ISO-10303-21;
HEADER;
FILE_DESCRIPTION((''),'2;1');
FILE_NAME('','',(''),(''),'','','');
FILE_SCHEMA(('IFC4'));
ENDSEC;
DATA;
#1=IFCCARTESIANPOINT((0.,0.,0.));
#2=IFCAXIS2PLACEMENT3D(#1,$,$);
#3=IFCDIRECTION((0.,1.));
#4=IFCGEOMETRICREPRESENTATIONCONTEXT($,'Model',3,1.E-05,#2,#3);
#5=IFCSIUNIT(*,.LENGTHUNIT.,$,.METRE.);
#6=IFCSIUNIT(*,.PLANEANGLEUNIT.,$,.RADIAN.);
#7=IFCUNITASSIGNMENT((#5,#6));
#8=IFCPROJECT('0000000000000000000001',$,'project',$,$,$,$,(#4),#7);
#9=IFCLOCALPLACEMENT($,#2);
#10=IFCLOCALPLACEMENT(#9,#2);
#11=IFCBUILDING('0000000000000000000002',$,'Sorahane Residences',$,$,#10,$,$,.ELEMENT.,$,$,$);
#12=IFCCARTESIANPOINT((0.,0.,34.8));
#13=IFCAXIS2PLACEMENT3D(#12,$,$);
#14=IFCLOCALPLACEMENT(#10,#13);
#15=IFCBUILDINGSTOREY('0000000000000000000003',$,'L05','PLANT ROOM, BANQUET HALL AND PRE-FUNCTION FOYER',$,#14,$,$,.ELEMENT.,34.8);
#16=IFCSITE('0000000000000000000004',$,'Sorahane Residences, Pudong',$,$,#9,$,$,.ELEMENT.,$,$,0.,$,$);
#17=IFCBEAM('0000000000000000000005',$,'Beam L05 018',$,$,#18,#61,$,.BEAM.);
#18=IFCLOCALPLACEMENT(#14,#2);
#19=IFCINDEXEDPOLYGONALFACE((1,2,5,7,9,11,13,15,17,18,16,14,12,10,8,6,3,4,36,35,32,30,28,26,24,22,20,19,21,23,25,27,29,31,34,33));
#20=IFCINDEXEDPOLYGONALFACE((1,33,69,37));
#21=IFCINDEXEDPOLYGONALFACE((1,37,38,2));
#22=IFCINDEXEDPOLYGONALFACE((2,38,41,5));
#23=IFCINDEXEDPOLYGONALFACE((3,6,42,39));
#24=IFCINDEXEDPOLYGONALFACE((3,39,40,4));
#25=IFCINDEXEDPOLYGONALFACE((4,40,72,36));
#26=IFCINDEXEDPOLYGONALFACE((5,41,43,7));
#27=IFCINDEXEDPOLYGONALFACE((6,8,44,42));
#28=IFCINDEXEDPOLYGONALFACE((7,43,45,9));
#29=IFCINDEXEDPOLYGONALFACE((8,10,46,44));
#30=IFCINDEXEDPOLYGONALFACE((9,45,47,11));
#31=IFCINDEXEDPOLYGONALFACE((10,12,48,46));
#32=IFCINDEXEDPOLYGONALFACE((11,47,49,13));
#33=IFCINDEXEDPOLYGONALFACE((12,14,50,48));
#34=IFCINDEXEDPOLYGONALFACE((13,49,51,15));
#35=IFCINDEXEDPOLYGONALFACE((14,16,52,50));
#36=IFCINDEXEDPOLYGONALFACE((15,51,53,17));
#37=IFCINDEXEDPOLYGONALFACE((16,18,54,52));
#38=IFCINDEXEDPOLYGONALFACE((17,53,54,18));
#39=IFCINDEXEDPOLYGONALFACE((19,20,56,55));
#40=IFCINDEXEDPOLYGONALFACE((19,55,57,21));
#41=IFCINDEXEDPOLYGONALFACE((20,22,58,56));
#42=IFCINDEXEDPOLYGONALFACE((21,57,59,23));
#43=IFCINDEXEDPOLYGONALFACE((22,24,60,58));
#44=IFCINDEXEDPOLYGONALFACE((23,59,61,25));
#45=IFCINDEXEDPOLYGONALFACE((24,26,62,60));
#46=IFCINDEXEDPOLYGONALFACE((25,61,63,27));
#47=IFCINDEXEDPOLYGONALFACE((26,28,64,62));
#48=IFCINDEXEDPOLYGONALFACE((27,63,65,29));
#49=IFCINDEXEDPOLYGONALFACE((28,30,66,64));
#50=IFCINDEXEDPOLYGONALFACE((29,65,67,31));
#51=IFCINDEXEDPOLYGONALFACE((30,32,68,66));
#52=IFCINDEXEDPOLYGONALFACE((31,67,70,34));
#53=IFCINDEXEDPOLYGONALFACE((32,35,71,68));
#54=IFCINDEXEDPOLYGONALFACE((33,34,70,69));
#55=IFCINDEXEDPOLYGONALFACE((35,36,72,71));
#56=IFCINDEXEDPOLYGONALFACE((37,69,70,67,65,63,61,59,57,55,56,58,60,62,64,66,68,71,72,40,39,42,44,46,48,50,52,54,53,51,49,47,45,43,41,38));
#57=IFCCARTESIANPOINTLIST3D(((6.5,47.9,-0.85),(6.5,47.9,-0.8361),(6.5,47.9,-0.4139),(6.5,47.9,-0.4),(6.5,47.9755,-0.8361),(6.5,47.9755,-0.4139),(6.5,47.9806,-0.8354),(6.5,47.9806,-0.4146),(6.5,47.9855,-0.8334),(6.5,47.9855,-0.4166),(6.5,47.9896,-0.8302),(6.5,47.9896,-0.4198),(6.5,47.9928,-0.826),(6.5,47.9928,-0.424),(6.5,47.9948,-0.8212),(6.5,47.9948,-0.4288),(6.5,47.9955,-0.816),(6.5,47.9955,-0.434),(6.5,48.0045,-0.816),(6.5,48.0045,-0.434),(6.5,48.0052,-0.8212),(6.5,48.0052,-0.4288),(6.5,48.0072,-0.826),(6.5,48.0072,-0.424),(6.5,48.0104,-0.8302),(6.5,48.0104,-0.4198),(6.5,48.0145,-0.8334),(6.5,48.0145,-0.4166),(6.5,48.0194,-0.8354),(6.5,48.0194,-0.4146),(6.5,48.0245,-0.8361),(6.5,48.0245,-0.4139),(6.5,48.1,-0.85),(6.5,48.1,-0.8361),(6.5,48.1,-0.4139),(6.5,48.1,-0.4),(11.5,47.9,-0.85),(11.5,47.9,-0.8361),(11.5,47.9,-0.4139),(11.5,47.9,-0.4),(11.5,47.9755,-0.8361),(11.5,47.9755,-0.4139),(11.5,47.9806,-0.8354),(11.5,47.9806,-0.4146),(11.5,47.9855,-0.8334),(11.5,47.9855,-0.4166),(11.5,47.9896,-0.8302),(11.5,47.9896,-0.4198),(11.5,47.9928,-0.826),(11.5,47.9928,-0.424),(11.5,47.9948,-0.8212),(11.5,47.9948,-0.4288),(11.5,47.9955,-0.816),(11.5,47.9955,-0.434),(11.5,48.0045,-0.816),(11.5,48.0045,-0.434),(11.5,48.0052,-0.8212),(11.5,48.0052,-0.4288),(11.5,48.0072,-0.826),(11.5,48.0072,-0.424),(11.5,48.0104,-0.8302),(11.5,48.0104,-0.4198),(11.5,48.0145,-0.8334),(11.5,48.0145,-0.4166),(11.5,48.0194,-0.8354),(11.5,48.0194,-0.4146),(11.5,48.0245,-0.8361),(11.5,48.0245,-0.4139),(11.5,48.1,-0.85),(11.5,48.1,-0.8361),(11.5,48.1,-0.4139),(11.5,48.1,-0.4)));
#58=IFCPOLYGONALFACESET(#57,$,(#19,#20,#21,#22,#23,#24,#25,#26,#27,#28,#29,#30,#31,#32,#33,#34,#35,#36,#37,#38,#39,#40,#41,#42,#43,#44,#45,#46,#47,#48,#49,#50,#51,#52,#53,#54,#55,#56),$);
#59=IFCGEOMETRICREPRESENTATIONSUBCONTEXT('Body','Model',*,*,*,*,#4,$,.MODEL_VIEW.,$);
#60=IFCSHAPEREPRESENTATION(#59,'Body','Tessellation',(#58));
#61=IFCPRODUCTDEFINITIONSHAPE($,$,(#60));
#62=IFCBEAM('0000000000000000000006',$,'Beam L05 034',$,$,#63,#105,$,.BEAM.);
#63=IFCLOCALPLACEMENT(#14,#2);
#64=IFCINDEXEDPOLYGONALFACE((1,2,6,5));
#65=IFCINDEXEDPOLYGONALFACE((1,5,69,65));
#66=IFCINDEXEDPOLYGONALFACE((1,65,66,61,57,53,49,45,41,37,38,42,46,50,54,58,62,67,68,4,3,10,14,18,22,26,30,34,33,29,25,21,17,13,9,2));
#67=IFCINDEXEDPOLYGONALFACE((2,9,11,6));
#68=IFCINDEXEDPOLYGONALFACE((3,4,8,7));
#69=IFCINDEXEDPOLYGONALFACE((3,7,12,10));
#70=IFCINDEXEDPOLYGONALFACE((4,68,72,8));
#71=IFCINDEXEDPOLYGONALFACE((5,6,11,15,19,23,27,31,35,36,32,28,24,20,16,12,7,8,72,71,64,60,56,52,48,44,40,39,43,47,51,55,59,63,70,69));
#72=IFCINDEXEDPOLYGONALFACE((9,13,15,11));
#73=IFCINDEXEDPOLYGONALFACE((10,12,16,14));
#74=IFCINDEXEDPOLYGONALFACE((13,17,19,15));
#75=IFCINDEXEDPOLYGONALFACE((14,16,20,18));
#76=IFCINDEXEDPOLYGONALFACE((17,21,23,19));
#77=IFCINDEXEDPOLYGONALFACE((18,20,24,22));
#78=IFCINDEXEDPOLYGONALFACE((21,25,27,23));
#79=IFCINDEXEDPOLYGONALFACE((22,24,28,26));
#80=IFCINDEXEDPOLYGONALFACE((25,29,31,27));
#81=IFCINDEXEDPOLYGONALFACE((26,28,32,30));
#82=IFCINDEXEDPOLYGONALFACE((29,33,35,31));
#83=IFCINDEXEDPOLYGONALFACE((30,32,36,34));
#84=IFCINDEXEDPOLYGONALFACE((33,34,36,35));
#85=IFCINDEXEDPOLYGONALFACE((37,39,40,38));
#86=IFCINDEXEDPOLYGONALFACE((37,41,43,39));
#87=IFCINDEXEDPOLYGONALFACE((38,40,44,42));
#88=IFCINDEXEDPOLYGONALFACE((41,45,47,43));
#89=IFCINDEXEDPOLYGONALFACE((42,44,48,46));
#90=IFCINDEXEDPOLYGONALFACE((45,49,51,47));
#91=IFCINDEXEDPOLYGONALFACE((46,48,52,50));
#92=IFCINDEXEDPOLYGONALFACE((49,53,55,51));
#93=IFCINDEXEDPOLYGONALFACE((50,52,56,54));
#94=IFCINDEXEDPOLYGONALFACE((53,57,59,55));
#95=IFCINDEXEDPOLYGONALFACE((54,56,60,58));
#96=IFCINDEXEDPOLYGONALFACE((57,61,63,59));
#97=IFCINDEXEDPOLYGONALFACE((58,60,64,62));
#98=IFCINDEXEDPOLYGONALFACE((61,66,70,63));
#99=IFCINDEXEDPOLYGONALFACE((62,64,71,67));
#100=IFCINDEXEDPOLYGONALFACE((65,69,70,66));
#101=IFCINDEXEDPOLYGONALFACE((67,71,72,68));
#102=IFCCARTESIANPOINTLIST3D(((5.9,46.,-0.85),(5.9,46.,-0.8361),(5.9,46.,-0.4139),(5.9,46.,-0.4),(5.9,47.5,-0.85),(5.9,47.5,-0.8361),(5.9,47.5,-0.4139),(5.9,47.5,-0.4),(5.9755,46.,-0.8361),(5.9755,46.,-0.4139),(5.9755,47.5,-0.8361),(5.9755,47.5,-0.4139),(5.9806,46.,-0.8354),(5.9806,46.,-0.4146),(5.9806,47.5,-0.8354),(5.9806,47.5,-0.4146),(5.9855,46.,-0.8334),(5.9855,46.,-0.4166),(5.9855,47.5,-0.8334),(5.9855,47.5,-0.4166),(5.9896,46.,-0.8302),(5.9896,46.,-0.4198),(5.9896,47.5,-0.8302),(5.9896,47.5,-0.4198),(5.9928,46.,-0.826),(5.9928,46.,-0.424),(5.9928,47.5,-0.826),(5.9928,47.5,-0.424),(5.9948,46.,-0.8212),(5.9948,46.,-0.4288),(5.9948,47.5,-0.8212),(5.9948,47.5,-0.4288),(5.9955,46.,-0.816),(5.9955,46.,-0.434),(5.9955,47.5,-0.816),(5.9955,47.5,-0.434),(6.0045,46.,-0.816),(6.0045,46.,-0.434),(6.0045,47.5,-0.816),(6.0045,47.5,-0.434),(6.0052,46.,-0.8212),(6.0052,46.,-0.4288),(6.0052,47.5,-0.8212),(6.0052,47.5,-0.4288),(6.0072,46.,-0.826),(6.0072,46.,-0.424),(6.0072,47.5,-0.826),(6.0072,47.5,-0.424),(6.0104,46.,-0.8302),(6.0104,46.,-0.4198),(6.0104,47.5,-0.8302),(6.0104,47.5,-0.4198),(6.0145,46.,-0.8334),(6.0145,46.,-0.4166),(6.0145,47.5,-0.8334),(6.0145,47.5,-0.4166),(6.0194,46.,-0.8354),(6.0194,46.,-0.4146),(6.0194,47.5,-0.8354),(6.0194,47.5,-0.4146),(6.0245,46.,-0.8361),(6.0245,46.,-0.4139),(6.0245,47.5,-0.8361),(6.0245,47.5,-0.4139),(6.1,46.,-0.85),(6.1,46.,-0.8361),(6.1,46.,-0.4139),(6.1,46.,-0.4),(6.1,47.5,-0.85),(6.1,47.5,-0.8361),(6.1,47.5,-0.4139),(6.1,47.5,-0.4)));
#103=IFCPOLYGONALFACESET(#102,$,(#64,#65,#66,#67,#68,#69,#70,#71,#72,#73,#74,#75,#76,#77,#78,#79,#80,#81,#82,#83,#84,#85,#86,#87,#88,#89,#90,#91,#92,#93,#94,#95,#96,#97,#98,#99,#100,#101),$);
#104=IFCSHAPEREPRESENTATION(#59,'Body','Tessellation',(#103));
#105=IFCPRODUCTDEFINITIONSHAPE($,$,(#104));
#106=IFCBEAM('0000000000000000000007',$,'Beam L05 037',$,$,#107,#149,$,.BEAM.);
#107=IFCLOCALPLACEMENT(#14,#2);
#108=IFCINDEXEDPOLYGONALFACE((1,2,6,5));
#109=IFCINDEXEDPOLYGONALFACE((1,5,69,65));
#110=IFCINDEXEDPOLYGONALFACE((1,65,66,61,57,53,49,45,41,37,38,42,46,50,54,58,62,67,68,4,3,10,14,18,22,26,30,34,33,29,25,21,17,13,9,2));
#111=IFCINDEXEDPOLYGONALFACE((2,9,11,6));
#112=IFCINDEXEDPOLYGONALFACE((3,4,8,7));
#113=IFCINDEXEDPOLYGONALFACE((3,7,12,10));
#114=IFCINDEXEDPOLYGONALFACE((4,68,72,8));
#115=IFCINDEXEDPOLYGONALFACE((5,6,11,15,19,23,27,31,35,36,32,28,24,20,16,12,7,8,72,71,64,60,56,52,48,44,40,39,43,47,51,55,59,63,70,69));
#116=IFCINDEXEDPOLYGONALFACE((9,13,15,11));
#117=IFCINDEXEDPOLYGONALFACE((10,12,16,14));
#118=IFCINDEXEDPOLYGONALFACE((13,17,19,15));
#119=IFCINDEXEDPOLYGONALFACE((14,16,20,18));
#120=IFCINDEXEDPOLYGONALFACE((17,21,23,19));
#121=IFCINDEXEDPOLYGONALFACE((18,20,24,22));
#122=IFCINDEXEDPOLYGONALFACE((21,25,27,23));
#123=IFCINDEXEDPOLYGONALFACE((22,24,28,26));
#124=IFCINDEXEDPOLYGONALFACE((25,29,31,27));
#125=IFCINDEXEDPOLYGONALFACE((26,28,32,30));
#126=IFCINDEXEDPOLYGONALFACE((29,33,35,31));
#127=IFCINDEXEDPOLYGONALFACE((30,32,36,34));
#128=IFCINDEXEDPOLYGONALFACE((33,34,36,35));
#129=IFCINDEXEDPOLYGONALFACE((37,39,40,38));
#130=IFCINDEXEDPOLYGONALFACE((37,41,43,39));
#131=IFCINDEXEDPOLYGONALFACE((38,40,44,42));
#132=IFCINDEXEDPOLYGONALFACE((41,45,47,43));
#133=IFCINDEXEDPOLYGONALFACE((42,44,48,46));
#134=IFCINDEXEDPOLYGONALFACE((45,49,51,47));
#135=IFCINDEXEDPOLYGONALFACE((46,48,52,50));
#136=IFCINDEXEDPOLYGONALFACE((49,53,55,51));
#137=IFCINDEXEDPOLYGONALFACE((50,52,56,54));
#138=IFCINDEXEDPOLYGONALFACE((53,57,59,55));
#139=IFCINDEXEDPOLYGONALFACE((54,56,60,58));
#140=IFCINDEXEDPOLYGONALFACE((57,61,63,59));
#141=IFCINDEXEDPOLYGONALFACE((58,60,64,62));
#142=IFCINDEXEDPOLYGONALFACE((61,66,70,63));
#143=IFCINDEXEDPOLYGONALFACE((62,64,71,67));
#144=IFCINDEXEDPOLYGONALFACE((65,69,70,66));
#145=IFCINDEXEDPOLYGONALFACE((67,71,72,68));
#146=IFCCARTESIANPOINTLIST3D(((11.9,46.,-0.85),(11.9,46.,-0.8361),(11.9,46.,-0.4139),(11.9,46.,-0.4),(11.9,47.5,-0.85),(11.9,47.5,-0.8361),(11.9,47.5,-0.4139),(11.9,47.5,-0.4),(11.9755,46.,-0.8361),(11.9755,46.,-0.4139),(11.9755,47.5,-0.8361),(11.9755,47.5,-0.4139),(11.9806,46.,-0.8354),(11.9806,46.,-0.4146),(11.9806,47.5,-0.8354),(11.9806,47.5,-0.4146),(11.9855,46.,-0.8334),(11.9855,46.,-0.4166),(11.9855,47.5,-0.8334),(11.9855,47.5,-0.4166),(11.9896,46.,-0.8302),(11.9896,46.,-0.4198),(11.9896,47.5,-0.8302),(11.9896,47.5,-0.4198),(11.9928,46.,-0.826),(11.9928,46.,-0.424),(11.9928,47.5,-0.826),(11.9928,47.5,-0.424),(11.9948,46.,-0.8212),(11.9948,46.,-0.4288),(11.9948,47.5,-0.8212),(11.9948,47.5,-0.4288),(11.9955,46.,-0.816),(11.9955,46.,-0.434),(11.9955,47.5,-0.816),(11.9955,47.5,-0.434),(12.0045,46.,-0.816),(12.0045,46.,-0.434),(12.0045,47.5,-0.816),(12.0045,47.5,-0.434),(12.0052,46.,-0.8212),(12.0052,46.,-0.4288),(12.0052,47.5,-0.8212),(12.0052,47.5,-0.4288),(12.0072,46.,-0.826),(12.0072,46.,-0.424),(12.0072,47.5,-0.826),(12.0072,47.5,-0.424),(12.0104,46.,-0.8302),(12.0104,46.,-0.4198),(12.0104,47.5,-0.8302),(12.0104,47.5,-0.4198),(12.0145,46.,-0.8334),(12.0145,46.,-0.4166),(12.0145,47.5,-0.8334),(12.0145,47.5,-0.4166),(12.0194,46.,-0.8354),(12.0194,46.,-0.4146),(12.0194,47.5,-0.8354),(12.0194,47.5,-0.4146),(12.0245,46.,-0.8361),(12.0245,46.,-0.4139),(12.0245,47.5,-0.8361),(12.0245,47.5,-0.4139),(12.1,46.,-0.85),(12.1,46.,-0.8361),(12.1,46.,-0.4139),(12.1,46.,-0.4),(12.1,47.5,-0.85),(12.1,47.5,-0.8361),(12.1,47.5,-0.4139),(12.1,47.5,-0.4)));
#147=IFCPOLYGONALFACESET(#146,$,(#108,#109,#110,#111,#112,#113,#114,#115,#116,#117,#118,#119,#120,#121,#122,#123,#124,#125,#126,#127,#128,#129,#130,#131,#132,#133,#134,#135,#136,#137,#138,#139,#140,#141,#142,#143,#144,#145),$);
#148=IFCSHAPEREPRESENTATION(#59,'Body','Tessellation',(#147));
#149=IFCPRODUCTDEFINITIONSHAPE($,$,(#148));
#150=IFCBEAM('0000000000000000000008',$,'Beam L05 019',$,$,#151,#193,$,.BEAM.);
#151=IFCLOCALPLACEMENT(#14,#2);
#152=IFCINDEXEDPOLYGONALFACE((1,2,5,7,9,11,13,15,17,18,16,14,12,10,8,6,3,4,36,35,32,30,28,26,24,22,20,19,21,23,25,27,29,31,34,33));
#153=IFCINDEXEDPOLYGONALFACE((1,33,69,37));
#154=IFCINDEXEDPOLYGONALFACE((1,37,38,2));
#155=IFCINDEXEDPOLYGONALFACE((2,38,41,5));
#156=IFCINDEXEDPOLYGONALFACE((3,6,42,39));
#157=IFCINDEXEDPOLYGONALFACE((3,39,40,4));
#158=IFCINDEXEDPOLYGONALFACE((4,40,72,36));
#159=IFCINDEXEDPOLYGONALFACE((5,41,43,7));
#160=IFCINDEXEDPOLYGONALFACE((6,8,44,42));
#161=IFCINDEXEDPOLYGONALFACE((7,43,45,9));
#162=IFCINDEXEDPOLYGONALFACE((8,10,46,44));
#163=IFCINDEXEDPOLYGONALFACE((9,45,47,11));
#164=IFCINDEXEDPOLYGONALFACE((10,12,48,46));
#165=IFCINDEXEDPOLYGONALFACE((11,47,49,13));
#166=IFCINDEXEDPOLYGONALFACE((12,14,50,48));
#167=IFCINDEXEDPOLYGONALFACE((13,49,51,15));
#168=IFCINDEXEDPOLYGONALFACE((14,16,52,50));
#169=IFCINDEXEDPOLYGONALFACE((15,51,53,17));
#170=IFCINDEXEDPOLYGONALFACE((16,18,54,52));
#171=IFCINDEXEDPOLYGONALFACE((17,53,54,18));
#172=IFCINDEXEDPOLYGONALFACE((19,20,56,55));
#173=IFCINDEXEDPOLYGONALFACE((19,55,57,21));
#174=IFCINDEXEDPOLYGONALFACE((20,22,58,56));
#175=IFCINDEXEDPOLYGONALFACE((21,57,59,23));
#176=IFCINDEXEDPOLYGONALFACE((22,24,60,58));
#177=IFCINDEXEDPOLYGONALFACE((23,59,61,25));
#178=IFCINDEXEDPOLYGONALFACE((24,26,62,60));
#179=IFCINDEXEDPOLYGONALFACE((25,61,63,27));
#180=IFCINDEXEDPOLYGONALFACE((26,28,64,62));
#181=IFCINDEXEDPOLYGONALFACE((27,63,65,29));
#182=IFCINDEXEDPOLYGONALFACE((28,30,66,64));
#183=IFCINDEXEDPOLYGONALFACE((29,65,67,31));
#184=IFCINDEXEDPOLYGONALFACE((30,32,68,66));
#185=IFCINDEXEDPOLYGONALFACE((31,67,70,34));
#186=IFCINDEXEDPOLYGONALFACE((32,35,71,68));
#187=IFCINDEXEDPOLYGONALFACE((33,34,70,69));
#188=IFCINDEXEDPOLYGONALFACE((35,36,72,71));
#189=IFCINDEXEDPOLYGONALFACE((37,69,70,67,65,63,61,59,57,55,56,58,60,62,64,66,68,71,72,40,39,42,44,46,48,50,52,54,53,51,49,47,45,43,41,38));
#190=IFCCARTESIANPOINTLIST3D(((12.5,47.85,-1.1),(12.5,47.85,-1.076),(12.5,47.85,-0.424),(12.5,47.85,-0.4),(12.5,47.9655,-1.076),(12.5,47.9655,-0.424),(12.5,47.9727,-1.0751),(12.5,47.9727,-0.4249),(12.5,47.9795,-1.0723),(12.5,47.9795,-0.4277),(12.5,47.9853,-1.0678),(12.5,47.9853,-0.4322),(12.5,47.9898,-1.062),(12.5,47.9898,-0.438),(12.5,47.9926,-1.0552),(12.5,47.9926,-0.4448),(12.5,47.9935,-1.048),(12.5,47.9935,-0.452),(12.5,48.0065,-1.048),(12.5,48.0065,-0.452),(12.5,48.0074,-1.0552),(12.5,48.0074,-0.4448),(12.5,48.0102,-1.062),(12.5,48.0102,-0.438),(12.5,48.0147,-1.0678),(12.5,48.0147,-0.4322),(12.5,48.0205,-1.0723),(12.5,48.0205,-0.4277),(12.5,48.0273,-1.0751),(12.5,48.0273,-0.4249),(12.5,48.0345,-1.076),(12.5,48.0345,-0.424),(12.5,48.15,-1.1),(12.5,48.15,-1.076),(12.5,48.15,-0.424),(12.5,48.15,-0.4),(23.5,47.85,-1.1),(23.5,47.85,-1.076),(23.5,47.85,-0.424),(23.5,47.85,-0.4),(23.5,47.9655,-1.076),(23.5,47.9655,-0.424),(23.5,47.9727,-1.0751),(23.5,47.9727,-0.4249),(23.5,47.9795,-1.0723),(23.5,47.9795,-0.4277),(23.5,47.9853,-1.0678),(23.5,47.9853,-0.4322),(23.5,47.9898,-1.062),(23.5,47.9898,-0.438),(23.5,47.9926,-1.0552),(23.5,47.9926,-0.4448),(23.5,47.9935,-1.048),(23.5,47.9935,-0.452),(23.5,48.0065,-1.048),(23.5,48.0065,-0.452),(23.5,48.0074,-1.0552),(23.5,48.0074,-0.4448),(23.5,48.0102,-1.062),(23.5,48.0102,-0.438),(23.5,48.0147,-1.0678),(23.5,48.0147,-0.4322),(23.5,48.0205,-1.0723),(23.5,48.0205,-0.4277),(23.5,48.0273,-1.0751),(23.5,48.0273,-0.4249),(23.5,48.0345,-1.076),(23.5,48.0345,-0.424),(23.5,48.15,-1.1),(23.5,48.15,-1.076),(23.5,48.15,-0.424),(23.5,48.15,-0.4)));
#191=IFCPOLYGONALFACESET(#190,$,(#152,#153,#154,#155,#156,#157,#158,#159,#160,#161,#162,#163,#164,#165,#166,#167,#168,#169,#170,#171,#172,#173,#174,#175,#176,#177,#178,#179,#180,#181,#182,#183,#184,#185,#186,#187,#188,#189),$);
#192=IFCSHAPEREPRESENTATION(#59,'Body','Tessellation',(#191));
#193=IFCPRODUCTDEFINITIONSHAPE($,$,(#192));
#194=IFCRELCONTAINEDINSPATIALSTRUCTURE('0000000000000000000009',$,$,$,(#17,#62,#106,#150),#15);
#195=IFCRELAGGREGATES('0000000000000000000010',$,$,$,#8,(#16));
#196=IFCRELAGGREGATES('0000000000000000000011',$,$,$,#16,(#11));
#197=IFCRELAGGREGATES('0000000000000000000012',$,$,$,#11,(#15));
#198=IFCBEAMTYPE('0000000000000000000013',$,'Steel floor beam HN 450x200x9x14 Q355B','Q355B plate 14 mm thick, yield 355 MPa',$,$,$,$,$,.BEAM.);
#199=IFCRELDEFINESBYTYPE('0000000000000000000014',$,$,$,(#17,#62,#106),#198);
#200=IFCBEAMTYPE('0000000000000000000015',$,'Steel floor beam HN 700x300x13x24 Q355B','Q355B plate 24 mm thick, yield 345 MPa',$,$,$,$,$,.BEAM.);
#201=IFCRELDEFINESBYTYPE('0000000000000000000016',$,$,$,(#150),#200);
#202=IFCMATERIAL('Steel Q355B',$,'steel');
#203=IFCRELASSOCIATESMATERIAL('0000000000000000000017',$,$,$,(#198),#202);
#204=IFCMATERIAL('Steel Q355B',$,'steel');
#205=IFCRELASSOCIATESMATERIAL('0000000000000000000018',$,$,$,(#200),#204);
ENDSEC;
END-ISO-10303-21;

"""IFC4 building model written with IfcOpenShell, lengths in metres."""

from ifc_helpers import new_model, si_unit, direction, frame, origin, origin_2d, place, context, subcontext, project, spatial, i_section, extrude, material, material_profile, profile_set, type_object, element, save


model = new_model("IFC4")

# Units and contexts
model_context = context("Model", 3, precision=1e-05, world=origin(), true_north=direction((0.0, 1.0)))
body_context = subcontext(model_context, "Body", "Model", "MODEL_VIEW")
ifc_project = project(units=[si_unit("LENGTHUNIT", "METRE"), si_unit("PLANEANGLEUNIT", "RADIAN")], contexts=[model_context])

# Site, building, storey
site_placement = place(None, origin())
site = spatial("IfcSite", under=ifc_project, at=site_placement, Name="Sorahane Residences, Pudong", CompositionType="ELEMENT", RefElevation=0.0)
building_placement = place(site_placement, origin())
building = spatial("IfcBuilding", under=site, at=building_placement, Name="Sorahane Residences", CompositionType="ELEMENT")
storey_placement = place(building_placement, frame((0.0, 0.0, 34.8)))
storey = spatial("IfcBuildingStorey", under=building, at=storey_placement, Name="L05", Description="PLANT ROOM, BANQUET HALL AND PRE-FUNCTION FOYER", CompositionType="ELEMENT", Elevation=34.8)

# Beams
ifc_material_1 = material(Name="Steel Q355B", Category="steel")
ifc_material_profile_1 = material_profile(ifc_material_1, i_section(OverallWidth=0.2, OverallDepth=0.45, WebThickness=0.009, FlangeThickness=0.0139, FilletRadius=0.02, at=origin_2d()), Name="HN 450x200x9x14")
ifc_profile_set_1 = profile_set([ifc_material_profile_1], Name="Steel Q355B")
beam_type_1 = type_object("IfcBeamType", Name="Steel floor beam HN 450x200x9x14 Q355B", Description="Q355B plate 14 mm thick, yield 355 MPa", PredefinedType="BEAM", material=ifc_profile_set_1)
beam_1_placement = place(storey_placement, frame((6.5, 48.0, -0.625), z_axis=(1.0, 0.0, 0.0), x_axis=(0.0, 1.0, 0.0)))
element("IfcBeam", 1, at=beam_1_placement, inside=storey, type_object=beam_type_1, Name="Beam L05 018", PredefinedType="BEAM", context=body_context, shape_type="SweptSolid", body=[
    extrude(i_section(OverallWidth=0.2, OverallDepth=0.45, WebThickness=0.009, FlangeThickness=0.0139, FilletRadius=0.02, at=origin_2d()), origin(), (0.0, 0.0, 1.0), 5.0),
])
for number, where, z_axis, x_axis, name in (
    (2, (6.0, 46.0, -0.625), (0.0, 1.0, 0.0), (-1.0, 0.0, 0.0), "Beam L05 034"),
    (3, (12.0, 46.0, -0.625), (0.0, 1.0, 0.0), (-1.0, 0.0, 0.0), "Beam L05 037"),
):
    element("IfcBeam", number, at=place(storey_placement, frame(where, z_axis=z_axis, x_axis=x_axis)), inside=storey, type_object=beam_type_1, Name=name, PredefinedType="BEAM", context=body_context, shape_type="SweptSolid", body=[
        extrude(i_section(OverallWidth=0.2, OverallDepth=0.45, WebThickness=0.009, FlangeThickness=0.0139, FilletRadius=0.02, at=origin_2d()), origin(), (0.0, 0.0, 1.0), 1.5),
    ])
ifc_material_2 = material(Name="Steel Q355B", Category="steel")
ifc_material_profile_2 = material_profile(ifc_material_2, i_section(OverallWidth=0.3, OverallDepth=0.7, WebThickness=0.0129, FlangeThickness=0.0239, FilletRadius=0.0281, at=origin_2d()), Name="HN 700x300x13x24")
ifc_profile_set_2 = profile_set([ifc_material_profile_2], Name="Steel Q355B")
beam_type_2 = type_object("IfcBeamType", Name="Steel floor beam HN 700x300x13x24 Q355B", Description="Q355B plate 24 mm thick, yield 345 MPa", PredefinedType="BEAM", material=ifc_profile_set_2)
beam_2_placement = place(storey_placement, frame((12.5, 48.0, -0.75), z_axis=(1.0, 0.0, 0.0), x_axis=(0.0, 1.0, 0.0)))
element("IfcBeam", 4, at=beam_2_placement, inside=storey, type_object=beam_type_2, Name="Beam L05 019", PredefinedType="BEAM", context=body_context, shape_type="SweptSolid", body=[
    extrude(i_section(OverallWidth=0.3, OverallDepth=0.7, WebThickness=0.0129, FlangeThickness=0.0239, FilletRadius=0.0281, at=origin_2d()), origin(), (0.0, 0.0, 1.0), 11.0),
])

save(model, "model.ifc")
